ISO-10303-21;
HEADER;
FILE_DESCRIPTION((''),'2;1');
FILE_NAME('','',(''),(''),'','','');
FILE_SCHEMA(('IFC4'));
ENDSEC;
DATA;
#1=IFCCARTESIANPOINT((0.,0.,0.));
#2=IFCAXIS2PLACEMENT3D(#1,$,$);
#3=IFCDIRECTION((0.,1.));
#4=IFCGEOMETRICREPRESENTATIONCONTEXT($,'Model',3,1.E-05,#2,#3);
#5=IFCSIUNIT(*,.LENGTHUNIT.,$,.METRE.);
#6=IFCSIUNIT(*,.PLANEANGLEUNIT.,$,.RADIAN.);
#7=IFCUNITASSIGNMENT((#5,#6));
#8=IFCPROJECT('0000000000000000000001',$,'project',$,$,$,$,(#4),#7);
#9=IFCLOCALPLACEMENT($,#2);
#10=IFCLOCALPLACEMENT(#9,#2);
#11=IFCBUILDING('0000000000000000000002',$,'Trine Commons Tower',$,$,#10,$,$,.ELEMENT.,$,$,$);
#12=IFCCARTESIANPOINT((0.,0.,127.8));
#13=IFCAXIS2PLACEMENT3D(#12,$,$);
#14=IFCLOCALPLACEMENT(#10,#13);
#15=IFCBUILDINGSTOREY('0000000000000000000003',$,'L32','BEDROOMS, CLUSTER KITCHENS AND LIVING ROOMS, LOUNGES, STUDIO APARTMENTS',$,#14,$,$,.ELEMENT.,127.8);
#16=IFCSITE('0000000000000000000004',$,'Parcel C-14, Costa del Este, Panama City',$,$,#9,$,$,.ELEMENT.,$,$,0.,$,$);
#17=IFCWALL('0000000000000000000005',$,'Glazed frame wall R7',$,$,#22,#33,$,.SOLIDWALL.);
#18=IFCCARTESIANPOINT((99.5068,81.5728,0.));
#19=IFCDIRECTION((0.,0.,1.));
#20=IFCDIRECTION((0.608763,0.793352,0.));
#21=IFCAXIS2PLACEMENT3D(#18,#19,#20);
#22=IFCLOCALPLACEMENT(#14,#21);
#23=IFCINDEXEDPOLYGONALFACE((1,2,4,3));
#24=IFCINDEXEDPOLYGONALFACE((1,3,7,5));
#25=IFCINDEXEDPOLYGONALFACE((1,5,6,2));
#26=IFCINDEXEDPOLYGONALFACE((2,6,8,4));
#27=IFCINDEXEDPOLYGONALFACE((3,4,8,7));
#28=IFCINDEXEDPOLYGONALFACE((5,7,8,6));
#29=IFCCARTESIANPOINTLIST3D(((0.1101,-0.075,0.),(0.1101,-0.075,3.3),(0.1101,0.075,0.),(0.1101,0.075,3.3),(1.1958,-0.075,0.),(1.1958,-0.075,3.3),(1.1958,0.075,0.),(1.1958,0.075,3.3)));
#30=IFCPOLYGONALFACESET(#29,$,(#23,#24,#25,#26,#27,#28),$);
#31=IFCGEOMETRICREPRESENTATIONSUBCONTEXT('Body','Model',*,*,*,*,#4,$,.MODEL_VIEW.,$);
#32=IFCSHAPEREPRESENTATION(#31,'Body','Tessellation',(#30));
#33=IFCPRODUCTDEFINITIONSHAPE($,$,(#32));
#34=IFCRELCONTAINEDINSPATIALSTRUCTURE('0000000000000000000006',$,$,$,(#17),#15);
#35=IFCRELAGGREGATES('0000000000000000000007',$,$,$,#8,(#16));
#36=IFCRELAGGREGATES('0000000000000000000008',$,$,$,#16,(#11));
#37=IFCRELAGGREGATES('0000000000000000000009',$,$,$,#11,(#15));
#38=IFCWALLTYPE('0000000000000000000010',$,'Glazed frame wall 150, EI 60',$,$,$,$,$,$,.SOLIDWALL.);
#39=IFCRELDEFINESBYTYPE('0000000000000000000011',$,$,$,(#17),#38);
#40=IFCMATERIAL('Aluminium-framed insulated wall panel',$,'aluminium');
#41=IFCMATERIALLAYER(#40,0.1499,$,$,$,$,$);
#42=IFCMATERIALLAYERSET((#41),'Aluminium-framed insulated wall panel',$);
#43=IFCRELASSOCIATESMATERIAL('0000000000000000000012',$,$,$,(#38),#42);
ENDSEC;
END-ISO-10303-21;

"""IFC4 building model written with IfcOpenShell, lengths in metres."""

from ifc_helpers import new_model, si_unit, direction, frame, origin, place, context, subcontext, project, spatial, polyline, outline, extrude, material, layer, layer_set, type_object, element, save


model = new_model("IFC4")

# Units and contexts
model_context = context("Model", 3, precision=1e-05, world=origin(), true_north=direction((0.0, 1.0)))
body_context = subcontext(model_context, "Body", "Model", "MODEL_VIEW")
ifc_project = project(units=[si_unit("LENGTHUNIT", "METRE"), si_unit("PLANEANGLEUNIT", "RADIAN")], contexts=[model_context])

# Site, building, storey
site_placement = place(None, origin())
site = spatial("IfcSite", under=ifc_project, at=site_placement, Name="Parcel C-14, Costa del Este, Panama City", CompositionType="ELEMENT", RefElevation=0.0)
building_placement = place(site_placement, origin())
building = spatial("IfcBuilding", under=site, at=building_placement, Name="Trine Commons Tower", CompositionType="ELEMENT")
storey_placement = place(building_placement, frame((0.0, 0.0, 127.8)))
storey = spatial("IfcBuildingStorey", under=building, at=storey_placement, Name="L32", Description="BEDROOMS, CLUSTER KITCHENS AND LIVING ROOMS, LOUNGES, STUDIO APARTMENTS", CompositionType="ELEMENT", Elevation=127.8)

# Wall
ifc_material_1 = material(Name="Aluminium-framed insulated wall panel", Category="aluminium")
ifc_layer_1 = layer(ifc_material_1, 0.1499)
ifc_layer_set_1 = layer_set([ifc_layer_1], Name="Aluminium-framed insulated wall panel")
wall_type_1 = type_object("IfcWallType", Name="Glazed frame wall 150, EI 60", PredefinedType="SOLIDWALL", material=ifc_layer_set_1)
wall_1_placement = place(storey_placement, frame((99.5068, 81.5728, 0.0), z_axis=(0.0, 0.0, 1.0), x_axis=(0.608763, 0.793352, 0.0)))
element("IfcWall", 1, at=wall_1_placement, inside=storey, type_object=wall_type_1, Name="Glazed frame wall R7", PredefinedType="SOLIDWALL", context=body_context, shape_type="SweptSolid", body=[
    extrude(outline(polyline([(0.1101, 0.075), (0.1101, -0.075), (1.1958, -0.075), (1.1958, 0.075), (0.1101, 0.075)])), origin(), (0.0, 0.0, 1.0), 3.3),
])

save(model, "model.ifc")
